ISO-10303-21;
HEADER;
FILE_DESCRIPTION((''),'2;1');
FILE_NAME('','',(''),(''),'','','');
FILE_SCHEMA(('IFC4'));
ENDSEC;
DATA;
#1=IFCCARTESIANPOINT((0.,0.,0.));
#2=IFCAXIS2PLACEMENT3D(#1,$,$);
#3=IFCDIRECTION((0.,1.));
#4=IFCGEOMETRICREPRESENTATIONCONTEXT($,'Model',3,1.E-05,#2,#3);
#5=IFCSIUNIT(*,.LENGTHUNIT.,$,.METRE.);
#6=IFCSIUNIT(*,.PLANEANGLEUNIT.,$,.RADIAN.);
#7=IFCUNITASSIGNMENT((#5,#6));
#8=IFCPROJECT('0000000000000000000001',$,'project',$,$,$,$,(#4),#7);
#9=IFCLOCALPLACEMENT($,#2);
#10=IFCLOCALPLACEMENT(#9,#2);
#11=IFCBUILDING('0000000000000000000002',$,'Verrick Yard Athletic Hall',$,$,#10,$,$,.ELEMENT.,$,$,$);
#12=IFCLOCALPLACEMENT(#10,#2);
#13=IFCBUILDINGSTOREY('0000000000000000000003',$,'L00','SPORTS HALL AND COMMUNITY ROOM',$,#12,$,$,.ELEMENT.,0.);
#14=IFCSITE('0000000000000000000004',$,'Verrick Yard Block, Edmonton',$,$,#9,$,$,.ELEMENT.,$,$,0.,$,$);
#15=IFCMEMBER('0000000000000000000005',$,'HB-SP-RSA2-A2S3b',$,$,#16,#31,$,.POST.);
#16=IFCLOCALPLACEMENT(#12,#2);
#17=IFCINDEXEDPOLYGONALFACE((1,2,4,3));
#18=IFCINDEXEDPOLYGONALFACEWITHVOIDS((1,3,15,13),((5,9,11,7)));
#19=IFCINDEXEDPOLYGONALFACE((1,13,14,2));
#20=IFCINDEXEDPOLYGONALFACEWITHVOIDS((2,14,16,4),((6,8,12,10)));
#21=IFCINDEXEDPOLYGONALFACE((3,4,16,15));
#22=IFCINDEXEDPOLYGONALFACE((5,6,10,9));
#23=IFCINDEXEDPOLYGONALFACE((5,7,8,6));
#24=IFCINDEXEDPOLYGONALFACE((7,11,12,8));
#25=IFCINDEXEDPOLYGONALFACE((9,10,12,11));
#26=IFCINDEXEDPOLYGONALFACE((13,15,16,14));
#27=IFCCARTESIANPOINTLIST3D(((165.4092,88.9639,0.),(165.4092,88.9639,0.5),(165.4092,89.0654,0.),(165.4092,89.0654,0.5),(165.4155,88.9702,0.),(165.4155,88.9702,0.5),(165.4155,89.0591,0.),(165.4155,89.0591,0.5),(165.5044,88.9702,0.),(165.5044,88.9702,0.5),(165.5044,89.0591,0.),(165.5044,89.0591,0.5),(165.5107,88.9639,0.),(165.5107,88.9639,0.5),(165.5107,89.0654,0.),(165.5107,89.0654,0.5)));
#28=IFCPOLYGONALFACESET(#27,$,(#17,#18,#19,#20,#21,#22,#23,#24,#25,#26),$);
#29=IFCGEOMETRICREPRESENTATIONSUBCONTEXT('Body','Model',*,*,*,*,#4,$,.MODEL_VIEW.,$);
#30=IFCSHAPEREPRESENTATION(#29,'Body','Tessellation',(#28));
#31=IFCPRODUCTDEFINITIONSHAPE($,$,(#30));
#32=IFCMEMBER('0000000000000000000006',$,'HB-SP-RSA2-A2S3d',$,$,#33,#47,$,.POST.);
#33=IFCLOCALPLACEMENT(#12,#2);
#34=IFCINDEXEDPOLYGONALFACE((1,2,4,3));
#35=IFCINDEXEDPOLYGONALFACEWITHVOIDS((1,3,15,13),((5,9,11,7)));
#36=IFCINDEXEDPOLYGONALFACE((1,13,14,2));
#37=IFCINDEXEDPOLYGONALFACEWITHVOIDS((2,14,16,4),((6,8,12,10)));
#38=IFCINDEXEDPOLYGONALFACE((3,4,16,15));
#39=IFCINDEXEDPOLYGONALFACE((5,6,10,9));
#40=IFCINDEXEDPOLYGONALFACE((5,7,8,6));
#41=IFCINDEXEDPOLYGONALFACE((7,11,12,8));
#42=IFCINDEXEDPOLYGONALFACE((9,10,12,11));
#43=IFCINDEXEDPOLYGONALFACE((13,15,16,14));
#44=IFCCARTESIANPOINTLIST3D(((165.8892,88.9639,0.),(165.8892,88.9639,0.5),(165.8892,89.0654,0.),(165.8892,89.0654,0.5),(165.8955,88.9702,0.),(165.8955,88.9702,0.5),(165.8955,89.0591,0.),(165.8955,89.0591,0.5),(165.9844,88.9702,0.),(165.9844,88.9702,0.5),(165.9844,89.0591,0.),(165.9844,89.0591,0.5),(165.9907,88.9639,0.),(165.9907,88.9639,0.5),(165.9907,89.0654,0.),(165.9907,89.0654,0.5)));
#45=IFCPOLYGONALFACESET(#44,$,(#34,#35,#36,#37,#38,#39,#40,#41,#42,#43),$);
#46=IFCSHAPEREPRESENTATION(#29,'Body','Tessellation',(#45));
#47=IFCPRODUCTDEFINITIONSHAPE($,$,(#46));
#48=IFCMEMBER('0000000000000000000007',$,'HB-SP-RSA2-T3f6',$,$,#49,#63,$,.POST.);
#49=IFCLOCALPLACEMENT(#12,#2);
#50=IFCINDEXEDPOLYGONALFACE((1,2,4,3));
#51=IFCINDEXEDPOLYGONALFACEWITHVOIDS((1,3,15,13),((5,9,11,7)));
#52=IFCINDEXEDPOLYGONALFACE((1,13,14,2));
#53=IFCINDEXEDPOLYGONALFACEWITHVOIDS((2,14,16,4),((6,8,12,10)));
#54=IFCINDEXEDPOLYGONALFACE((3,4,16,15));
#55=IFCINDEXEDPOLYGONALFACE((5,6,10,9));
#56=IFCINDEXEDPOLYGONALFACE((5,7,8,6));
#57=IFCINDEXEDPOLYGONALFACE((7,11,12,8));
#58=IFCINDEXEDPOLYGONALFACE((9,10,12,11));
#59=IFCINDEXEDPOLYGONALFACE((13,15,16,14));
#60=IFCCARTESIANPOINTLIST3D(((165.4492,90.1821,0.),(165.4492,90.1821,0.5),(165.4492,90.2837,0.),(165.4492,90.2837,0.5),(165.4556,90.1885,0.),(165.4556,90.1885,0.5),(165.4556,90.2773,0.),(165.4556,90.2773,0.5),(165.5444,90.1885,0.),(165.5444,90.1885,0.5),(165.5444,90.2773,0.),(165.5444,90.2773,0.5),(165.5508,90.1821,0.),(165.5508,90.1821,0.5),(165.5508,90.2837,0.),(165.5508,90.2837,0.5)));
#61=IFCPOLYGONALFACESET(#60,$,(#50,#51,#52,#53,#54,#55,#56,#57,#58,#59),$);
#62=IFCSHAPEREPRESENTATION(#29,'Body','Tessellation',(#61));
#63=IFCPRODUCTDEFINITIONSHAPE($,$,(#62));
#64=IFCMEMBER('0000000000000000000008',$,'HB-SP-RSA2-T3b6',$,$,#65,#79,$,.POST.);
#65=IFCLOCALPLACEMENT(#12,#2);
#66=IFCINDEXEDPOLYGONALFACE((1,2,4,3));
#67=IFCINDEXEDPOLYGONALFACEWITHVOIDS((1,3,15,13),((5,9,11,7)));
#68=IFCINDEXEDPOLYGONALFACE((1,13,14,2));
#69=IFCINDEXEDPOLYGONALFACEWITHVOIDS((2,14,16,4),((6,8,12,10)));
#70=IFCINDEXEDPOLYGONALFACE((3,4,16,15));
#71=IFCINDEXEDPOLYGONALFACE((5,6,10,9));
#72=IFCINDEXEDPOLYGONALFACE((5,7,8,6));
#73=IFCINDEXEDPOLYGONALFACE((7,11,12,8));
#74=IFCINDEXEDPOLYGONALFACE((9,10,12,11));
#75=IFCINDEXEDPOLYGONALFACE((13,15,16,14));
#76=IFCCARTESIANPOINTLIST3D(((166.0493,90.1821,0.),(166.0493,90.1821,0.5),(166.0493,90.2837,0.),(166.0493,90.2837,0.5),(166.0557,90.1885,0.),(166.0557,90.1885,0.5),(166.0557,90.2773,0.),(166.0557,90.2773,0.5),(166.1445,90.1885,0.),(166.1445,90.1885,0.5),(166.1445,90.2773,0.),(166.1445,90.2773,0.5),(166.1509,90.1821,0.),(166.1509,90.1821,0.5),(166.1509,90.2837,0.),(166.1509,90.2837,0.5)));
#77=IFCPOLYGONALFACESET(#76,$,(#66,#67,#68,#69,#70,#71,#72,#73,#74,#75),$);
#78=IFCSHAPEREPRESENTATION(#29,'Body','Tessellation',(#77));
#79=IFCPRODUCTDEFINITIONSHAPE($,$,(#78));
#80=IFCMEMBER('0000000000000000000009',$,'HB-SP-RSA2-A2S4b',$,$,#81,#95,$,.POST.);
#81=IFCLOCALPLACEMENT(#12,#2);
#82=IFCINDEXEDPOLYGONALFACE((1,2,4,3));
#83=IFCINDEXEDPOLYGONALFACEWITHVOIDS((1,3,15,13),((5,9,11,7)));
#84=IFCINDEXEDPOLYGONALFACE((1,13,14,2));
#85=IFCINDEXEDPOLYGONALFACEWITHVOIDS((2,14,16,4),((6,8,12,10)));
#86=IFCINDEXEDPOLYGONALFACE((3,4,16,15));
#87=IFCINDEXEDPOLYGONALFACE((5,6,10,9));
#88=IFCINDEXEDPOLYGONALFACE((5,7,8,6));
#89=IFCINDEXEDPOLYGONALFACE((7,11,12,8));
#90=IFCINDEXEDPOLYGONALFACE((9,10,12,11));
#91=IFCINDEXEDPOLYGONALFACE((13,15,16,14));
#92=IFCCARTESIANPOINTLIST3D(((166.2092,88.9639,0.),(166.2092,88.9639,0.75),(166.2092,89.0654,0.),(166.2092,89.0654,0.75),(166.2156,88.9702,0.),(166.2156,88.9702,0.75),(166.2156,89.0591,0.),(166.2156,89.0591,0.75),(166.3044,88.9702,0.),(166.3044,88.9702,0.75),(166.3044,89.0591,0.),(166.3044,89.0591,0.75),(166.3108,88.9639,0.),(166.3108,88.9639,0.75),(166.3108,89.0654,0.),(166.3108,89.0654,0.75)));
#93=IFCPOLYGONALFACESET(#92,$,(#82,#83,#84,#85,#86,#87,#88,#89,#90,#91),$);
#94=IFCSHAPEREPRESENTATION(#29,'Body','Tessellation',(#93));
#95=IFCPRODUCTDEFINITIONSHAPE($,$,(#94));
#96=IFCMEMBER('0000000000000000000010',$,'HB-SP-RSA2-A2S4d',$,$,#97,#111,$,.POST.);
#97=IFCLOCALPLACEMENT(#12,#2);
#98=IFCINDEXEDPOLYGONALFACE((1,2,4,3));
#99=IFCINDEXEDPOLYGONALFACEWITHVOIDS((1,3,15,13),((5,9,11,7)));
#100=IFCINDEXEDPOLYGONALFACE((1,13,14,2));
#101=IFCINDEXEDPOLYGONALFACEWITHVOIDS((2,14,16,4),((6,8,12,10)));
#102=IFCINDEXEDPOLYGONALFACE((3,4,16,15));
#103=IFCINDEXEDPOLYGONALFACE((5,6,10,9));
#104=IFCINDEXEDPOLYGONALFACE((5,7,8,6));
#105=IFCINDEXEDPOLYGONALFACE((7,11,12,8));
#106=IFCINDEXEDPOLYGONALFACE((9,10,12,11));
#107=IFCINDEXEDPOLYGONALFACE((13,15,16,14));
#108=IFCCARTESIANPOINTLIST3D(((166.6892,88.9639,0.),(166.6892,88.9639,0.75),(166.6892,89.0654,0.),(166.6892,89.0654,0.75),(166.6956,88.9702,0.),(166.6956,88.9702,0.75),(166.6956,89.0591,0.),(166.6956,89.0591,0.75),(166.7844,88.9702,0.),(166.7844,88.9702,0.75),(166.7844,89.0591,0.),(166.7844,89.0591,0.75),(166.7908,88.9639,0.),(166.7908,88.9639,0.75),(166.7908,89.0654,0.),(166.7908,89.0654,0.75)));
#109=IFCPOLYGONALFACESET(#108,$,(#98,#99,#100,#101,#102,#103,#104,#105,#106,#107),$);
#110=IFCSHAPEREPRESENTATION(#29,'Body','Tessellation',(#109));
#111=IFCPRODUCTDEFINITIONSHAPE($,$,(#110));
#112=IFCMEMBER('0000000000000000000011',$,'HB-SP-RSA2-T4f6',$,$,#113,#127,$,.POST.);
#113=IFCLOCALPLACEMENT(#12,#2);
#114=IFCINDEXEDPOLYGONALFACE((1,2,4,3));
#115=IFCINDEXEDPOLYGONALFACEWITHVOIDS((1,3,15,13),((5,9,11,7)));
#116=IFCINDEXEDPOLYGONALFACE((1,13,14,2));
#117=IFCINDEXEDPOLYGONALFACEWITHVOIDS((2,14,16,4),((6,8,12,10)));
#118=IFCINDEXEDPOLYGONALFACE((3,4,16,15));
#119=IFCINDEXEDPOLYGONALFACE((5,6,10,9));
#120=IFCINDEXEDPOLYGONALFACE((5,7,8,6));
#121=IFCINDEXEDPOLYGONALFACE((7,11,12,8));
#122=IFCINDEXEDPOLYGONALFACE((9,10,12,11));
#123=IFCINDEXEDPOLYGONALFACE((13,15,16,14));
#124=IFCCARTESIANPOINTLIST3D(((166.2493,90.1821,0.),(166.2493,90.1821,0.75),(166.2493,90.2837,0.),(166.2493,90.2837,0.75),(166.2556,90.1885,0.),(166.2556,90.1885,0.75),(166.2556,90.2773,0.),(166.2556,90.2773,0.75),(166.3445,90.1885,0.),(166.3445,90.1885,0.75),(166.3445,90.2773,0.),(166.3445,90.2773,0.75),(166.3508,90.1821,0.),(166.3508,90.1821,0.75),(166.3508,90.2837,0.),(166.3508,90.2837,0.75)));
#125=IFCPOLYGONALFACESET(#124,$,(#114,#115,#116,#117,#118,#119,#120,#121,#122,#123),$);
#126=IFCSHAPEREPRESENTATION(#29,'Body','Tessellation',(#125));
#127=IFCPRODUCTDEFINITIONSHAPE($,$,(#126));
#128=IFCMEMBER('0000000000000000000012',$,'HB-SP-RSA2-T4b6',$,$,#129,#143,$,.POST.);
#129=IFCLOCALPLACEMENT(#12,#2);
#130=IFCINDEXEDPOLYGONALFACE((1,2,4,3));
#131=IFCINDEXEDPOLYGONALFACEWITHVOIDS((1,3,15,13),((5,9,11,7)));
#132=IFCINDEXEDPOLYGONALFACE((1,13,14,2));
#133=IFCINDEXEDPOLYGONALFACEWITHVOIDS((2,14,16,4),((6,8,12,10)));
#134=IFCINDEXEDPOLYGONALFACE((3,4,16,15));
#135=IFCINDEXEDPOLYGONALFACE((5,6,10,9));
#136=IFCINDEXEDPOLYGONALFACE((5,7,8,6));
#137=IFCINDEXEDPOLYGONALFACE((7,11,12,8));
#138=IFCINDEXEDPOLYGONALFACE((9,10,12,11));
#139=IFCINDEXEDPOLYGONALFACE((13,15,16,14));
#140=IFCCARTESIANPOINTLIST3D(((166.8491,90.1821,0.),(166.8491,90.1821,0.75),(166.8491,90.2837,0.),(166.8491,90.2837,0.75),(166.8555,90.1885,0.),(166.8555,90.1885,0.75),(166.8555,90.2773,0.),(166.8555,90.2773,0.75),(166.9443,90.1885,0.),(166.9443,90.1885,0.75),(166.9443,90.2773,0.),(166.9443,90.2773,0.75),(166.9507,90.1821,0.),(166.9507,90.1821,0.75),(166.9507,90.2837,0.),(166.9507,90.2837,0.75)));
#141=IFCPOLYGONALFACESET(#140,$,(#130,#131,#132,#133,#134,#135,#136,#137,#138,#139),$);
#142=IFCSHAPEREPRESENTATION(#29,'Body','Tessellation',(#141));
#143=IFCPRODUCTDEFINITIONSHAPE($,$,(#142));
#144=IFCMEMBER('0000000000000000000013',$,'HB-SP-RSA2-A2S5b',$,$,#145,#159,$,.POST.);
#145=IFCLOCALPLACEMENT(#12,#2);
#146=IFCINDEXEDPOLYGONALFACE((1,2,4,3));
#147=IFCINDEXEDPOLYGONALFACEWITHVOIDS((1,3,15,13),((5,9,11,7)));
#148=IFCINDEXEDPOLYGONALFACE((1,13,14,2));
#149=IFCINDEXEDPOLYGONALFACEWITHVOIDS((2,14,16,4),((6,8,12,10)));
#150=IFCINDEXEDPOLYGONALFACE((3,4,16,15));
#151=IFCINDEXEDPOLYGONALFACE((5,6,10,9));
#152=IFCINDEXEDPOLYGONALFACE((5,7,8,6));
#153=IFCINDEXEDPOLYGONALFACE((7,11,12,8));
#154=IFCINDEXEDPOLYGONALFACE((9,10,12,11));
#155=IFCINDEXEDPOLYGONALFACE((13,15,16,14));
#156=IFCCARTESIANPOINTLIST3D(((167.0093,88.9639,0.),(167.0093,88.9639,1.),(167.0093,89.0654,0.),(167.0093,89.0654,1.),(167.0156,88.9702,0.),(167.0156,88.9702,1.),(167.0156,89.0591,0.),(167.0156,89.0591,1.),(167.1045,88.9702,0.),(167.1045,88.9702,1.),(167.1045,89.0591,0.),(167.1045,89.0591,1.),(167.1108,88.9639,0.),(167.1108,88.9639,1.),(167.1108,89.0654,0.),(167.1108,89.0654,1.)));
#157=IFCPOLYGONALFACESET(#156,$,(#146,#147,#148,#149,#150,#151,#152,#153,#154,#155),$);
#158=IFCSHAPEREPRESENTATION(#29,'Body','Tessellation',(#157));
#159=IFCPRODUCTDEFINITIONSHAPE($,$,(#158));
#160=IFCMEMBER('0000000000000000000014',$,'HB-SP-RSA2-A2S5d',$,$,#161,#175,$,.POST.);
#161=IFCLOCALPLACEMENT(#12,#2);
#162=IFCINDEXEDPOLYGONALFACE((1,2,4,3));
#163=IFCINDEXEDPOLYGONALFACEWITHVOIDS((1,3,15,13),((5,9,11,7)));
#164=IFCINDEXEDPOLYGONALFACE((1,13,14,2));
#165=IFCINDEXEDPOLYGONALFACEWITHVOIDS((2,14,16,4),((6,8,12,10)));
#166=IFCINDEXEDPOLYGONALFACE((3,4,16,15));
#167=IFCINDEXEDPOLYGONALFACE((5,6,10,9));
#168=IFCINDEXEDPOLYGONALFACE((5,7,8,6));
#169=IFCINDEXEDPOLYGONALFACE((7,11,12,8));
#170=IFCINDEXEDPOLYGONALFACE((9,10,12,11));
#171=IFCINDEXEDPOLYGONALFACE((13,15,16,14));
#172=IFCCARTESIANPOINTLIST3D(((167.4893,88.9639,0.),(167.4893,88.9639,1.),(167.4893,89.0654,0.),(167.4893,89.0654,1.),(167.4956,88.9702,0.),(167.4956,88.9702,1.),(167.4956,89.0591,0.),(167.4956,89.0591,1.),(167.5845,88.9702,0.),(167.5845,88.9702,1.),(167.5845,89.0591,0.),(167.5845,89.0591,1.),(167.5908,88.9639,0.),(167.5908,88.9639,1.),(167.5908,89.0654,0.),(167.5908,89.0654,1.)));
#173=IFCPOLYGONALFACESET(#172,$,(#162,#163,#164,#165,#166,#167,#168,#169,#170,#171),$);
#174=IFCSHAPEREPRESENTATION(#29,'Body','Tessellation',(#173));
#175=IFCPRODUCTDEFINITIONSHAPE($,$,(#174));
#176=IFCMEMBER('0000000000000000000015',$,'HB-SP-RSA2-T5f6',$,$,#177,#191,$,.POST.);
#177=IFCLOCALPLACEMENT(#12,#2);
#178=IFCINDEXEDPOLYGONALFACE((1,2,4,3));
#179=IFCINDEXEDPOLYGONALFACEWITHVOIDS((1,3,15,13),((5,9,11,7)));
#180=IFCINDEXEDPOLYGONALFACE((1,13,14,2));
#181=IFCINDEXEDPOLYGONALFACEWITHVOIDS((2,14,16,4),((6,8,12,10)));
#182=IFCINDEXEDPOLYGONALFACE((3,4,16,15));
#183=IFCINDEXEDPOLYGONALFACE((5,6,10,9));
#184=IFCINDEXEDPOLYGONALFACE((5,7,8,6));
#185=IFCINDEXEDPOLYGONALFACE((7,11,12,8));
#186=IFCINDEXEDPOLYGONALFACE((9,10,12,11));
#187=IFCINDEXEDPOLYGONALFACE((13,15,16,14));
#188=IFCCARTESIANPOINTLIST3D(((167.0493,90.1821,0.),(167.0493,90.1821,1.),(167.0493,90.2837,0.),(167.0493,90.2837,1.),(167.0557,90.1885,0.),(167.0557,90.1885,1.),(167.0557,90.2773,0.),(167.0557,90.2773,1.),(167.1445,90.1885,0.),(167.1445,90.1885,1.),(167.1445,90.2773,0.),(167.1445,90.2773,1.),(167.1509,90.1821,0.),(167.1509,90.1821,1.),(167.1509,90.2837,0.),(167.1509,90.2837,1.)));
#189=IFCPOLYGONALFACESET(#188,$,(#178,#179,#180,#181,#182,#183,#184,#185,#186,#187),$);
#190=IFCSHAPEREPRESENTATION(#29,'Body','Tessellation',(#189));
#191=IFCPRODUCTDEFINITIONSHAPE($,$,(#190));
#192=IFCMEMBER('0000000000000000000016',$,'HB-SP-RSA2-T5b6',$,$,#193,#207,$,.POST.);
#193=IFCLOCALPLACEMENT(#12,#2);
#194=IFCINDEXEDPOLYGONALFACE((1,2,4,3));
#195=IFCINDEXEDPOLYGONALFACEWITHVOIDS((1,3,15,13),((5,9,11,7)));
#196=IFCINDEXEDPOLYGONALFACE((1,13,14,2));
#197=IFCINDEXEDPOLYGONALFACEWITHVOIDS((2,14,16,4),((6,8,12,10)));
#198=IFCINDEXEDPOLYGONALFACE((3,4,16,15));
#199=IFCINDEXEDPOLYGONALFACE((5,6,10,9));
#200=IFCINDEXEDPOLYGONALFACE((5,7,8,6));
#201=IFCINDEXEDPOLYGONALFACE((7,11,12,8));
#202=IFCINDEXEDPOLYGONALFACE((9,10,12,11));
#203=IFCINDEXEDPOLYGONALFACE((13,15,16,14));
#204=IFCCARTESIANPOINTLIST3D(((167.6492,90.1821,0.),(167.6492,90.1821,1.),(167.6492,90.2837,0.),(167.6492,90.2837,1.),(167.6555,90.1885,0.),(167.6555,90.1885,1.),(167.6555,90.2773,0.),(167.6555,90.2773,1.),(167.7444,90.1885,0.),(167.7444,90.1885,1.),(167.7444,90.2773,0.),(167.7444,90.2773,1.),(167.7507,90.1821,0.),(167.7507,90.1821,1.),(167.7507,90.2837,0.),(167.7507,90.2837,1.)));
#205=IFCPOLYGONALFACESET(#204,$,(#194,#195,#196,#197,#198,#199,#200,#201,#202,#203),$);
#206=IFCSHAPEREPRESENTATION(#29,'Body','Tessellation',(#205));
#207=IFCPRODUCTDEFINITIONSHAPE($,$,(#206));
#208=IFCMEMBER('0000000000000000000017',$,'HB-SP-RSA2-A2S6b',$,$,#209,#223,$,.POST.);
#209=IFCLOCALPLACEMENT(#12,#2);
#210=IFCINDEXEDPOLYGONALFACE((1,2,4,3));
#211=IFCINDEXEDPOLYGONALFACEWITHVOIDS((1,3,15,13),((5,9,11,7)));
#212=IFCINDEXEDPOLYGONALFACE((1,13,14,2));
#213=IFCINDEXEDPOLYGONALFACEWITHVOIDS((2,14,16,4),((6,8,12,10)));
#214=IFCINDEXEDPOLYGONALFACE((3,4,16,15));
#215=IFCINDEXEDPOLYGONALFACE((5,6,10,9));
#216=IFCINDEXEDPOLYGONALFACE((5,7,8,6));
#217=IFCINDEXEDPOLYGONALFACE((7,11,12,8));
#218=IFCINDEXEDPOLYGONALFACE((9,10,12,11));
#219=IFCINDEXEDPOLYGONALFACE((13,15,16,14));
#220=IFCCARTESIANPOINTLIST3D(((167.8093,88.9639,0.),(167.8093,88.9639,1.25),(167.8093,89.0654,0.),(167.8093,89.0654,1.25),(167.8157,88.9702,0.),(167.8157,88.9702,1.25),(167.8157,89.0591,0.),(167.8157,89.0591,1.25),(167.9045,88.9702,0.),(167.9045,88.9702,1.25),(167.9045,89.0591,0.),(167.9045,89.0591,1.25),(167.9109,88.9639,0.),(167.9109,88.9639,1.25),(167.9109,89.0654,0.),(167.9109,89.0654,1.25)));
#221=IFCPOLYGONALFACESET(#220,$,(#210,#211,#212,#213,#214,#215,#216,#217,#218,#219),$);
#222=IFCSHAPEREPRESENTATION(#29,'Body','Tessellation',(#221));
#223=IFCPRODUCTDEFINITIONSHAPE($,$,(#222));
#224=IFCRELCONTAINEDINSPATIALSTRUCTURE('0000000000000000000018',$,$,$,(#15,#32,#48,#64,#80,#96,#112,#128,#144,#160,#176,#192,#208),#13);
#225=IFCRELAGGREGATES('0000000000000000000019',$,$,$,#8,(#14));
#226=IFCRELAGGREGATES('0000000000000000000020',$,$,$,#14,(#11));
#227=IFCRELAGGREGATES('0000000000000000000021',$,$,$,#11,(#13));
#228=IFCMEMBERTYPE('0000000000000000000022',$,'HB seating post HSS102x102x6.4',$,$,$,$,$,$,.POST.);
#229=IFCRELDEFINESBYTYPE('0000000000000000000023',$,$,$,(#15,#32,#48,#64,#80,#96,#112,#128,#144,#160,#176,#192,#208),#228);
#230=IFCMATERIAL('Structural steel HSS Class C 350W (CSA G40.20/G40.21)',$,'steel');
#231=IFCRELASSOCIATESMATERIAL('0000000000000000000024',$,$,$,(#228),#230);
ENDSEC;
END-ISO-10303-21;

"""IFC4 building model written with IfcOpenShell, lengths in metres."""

from ifc_helpers import new_model, si_unit, direction, frame, origin, origin_2d, place, context, subcontext, project, spatial, hollow_rectangle, extrude, material, material_profile, profile_set, type_object, element, save


model = new_model("IFC4")

# Units and contexts
model_context = context("Model", 3, precision=1e-05, world=origin(), true_north=direction((0.0, 1.0)))
body_context = subcontext(model_context, "Body", "Model", "MODEL_VIEW")
ifc_project = project(units=[si_unit("LENGTHUNIT", "METRE"), si_unit("PLANEANGLEUNIT", "RADIAN")], contexts=[model_context])

# Site, building, storey
site_placement = place(None, origin())
site = spatial("IfcSite", under=ifc_project, at=site_placement, Name="Verrick Yard Block, Edmonton", CompositionType="ELEMENT", RefElevation=0.0)
building_placement = place(site_placement, origin())
building = spatial("IfcBuilding", under=site, at=building_placement, Name="Verrick Yard Athletic Hall", CompositionType="ELEMENT")
storey_placement = place(building_placement, origin())
storey = spatial("IfcBuildingStorey", under=building, at=storey_placement, Name="L00", Description="SPORTS HALL AND COMMUNITY ROOM", CompositionType="ELEMENT", Elevation=0.0)

# Members
ifc_material_1 = material(Name="Structural steel HSS Class C 350W (CSA G40.20/G40.21)", Category="steel")
ifc_material_profile_1 = material_profile(ifc_material_1, hollow_rectangle(XDim=0.1016, YDim=0.1016, WallThickness=0.0063, at=origin_2d()), Name="HSS102x102x6.4")
ifc_profile_set_1 = profile_set([ifc_material_profile_1], Name="Structural steel HSS Class C 350W (CSA G40.20/G40.21)")
member_type_1 = type_object("IfcMemberType", Name="HB seating post HSS102x102x6.4", PredefinedType="POST", material=ifc_profile_set_1)
for number, where, z_axis, x_axis, name in (
    (1, (165.46, 89.0146, 0.0), (0.0, 0.0, 1.0), (0.0, 1.0, 0.0), "HB-SP-RSA2-A2S3b"),
    (2, (165.9399, 89.0146, 0.0), (0.0, 0.0, 1.0), (0.0, 1.0, 0.0), "HB-SP-RSA2-A2S3d"),
    (3, (165.5, 90.2329, 0.0), (0.0, 0.0, 1.0), (0.0, 1.0, 0.0), "HB-SP-RSA2-T3f6"),
    (4, (166.1001, 90.2329, 0.0), (0.0, 0.0, 1.0), (0.0, 1.0, 0.0), "HB-SP-RSA2-T3b6"),
):
    element("IfcMember", number, at=place(storey_placement, frame(where, z_axis=z_axis, x_axis=x_axis)), inside=storey, type_object=member_type_1, Name=name, PredefinedType="POST", context=body_context, shape_type="SweptSolid", body=[
        extrude(hollow_rectangle(XDim=0.1016, YDim=0.1016, WallThickness=0.0063, at=origin_2d()), origin(), (0.0, 0.0, 1.0), 0.5),
    ])
for number, where, z_axis, x_axis, name in (
    (5, (166.26, 89.0146, 0.0), (0.0, 0.0, 1.0), (0.0, 1.0, 0.0), "HB-SP-RSA2-A2S4b"),
    (6, (166.74, 89.0146, 0.0), (0.0, 0.0, 1.0), (0.0, 1.0, 0.0), "HB-SP-RSA2-A2S4d"),
    (7, (166.3, 90.2329, 0.0), (0.0, 0.0, 1.0), (0.0, 1.0, 0.0), "HB-SP-RSA2-T4f6"),
    (8, (166.8999, 90.2329, 0.0), (0.0, 0.0, 1.0), (0.0, 1.0, 0.0), "HB-SP-RSA2-T4b6"),
):
    element("IfcMember", number, at=place(storey_placement, frame(where, z_axis=z_axis, x_axis=x_axis)), inside=storey, type_object=member_type_1, Name=name, PredefinedType="POST", context=body_context, shape_type="SweptSolid", body=[
        extrude(hollow_rectangle(XDim=0.1016, YDim=0.1016, WallThickness=0.0063, at=origin_2d()), origin(), (0.0, 0.0, 1.0), 0.75),
    ])
for number, where, z_axis, x_axis, name in (
    (9, (167.0601, 89.0146, 0.0), (0.0, 0.0, 1.0), (0.0, 1.0, 0.0), "HB-SP-RSA2-A2S5b"),
    (10, (167.54, 89.0146, 0.0), (0.0, 0.0, 1.0), (0.0, 1.0, 0.0), "HB-SP-RSA2-A2S5d"),
    (11, (167.1001, 90.2329, 0.0), (0.0, 0.0, 1.0), (0.0, 1.0, 0.0), "HB-SP-RSA2-T5f6"),
    (12, (167.7, 90.2329, 0.0), (0.0, 0.0, 1.0), (0.0, 1.0, 0.0), "HB-SP-RSA2-T5b6"),
):
    element("IfcMember", number, at=place(storey_placement, frame(where, z_axis=z_axis, x_axis=x_axis)), inside=storey, type_object=member_type_1, Name=name, PredefinedType="POST", context=body_context, shape_type="SweptSolid", body=[
        extrude(hollow_rectangle(XDim=0.1016, YDim=0.1016, WallThickness=0.0063, at=origin_2d()), origin(), (0.0, 0.0, 1.0), 1.0),
    ])
for number, where, z_axis, x_axis, name in (
    (13, (167.8601, 89.0146, 0.0), (0.0, 0.0, 1.0), (0.0, 1.0, 0.0), "HB-SP-RSA2-A2S6b"),
):
    element("IfcMember", number, at=place(storey_placement, frame(where, z_axis=z_axis, x_axis=x_axis)), inside=storey, type_object=member_type_1, Name=name, PredefinedType="POST", context=body_context, shape_type="SweptSolid", body=[
        extrude(hollow_rectangle(XDim=0.1016, YDim=0.1016, WallThickness=0.0063, at=origin_2d()), origin(), (0.0, 0.0, 1.0), 1.25),
    ])

save(model, "model.ifc")
